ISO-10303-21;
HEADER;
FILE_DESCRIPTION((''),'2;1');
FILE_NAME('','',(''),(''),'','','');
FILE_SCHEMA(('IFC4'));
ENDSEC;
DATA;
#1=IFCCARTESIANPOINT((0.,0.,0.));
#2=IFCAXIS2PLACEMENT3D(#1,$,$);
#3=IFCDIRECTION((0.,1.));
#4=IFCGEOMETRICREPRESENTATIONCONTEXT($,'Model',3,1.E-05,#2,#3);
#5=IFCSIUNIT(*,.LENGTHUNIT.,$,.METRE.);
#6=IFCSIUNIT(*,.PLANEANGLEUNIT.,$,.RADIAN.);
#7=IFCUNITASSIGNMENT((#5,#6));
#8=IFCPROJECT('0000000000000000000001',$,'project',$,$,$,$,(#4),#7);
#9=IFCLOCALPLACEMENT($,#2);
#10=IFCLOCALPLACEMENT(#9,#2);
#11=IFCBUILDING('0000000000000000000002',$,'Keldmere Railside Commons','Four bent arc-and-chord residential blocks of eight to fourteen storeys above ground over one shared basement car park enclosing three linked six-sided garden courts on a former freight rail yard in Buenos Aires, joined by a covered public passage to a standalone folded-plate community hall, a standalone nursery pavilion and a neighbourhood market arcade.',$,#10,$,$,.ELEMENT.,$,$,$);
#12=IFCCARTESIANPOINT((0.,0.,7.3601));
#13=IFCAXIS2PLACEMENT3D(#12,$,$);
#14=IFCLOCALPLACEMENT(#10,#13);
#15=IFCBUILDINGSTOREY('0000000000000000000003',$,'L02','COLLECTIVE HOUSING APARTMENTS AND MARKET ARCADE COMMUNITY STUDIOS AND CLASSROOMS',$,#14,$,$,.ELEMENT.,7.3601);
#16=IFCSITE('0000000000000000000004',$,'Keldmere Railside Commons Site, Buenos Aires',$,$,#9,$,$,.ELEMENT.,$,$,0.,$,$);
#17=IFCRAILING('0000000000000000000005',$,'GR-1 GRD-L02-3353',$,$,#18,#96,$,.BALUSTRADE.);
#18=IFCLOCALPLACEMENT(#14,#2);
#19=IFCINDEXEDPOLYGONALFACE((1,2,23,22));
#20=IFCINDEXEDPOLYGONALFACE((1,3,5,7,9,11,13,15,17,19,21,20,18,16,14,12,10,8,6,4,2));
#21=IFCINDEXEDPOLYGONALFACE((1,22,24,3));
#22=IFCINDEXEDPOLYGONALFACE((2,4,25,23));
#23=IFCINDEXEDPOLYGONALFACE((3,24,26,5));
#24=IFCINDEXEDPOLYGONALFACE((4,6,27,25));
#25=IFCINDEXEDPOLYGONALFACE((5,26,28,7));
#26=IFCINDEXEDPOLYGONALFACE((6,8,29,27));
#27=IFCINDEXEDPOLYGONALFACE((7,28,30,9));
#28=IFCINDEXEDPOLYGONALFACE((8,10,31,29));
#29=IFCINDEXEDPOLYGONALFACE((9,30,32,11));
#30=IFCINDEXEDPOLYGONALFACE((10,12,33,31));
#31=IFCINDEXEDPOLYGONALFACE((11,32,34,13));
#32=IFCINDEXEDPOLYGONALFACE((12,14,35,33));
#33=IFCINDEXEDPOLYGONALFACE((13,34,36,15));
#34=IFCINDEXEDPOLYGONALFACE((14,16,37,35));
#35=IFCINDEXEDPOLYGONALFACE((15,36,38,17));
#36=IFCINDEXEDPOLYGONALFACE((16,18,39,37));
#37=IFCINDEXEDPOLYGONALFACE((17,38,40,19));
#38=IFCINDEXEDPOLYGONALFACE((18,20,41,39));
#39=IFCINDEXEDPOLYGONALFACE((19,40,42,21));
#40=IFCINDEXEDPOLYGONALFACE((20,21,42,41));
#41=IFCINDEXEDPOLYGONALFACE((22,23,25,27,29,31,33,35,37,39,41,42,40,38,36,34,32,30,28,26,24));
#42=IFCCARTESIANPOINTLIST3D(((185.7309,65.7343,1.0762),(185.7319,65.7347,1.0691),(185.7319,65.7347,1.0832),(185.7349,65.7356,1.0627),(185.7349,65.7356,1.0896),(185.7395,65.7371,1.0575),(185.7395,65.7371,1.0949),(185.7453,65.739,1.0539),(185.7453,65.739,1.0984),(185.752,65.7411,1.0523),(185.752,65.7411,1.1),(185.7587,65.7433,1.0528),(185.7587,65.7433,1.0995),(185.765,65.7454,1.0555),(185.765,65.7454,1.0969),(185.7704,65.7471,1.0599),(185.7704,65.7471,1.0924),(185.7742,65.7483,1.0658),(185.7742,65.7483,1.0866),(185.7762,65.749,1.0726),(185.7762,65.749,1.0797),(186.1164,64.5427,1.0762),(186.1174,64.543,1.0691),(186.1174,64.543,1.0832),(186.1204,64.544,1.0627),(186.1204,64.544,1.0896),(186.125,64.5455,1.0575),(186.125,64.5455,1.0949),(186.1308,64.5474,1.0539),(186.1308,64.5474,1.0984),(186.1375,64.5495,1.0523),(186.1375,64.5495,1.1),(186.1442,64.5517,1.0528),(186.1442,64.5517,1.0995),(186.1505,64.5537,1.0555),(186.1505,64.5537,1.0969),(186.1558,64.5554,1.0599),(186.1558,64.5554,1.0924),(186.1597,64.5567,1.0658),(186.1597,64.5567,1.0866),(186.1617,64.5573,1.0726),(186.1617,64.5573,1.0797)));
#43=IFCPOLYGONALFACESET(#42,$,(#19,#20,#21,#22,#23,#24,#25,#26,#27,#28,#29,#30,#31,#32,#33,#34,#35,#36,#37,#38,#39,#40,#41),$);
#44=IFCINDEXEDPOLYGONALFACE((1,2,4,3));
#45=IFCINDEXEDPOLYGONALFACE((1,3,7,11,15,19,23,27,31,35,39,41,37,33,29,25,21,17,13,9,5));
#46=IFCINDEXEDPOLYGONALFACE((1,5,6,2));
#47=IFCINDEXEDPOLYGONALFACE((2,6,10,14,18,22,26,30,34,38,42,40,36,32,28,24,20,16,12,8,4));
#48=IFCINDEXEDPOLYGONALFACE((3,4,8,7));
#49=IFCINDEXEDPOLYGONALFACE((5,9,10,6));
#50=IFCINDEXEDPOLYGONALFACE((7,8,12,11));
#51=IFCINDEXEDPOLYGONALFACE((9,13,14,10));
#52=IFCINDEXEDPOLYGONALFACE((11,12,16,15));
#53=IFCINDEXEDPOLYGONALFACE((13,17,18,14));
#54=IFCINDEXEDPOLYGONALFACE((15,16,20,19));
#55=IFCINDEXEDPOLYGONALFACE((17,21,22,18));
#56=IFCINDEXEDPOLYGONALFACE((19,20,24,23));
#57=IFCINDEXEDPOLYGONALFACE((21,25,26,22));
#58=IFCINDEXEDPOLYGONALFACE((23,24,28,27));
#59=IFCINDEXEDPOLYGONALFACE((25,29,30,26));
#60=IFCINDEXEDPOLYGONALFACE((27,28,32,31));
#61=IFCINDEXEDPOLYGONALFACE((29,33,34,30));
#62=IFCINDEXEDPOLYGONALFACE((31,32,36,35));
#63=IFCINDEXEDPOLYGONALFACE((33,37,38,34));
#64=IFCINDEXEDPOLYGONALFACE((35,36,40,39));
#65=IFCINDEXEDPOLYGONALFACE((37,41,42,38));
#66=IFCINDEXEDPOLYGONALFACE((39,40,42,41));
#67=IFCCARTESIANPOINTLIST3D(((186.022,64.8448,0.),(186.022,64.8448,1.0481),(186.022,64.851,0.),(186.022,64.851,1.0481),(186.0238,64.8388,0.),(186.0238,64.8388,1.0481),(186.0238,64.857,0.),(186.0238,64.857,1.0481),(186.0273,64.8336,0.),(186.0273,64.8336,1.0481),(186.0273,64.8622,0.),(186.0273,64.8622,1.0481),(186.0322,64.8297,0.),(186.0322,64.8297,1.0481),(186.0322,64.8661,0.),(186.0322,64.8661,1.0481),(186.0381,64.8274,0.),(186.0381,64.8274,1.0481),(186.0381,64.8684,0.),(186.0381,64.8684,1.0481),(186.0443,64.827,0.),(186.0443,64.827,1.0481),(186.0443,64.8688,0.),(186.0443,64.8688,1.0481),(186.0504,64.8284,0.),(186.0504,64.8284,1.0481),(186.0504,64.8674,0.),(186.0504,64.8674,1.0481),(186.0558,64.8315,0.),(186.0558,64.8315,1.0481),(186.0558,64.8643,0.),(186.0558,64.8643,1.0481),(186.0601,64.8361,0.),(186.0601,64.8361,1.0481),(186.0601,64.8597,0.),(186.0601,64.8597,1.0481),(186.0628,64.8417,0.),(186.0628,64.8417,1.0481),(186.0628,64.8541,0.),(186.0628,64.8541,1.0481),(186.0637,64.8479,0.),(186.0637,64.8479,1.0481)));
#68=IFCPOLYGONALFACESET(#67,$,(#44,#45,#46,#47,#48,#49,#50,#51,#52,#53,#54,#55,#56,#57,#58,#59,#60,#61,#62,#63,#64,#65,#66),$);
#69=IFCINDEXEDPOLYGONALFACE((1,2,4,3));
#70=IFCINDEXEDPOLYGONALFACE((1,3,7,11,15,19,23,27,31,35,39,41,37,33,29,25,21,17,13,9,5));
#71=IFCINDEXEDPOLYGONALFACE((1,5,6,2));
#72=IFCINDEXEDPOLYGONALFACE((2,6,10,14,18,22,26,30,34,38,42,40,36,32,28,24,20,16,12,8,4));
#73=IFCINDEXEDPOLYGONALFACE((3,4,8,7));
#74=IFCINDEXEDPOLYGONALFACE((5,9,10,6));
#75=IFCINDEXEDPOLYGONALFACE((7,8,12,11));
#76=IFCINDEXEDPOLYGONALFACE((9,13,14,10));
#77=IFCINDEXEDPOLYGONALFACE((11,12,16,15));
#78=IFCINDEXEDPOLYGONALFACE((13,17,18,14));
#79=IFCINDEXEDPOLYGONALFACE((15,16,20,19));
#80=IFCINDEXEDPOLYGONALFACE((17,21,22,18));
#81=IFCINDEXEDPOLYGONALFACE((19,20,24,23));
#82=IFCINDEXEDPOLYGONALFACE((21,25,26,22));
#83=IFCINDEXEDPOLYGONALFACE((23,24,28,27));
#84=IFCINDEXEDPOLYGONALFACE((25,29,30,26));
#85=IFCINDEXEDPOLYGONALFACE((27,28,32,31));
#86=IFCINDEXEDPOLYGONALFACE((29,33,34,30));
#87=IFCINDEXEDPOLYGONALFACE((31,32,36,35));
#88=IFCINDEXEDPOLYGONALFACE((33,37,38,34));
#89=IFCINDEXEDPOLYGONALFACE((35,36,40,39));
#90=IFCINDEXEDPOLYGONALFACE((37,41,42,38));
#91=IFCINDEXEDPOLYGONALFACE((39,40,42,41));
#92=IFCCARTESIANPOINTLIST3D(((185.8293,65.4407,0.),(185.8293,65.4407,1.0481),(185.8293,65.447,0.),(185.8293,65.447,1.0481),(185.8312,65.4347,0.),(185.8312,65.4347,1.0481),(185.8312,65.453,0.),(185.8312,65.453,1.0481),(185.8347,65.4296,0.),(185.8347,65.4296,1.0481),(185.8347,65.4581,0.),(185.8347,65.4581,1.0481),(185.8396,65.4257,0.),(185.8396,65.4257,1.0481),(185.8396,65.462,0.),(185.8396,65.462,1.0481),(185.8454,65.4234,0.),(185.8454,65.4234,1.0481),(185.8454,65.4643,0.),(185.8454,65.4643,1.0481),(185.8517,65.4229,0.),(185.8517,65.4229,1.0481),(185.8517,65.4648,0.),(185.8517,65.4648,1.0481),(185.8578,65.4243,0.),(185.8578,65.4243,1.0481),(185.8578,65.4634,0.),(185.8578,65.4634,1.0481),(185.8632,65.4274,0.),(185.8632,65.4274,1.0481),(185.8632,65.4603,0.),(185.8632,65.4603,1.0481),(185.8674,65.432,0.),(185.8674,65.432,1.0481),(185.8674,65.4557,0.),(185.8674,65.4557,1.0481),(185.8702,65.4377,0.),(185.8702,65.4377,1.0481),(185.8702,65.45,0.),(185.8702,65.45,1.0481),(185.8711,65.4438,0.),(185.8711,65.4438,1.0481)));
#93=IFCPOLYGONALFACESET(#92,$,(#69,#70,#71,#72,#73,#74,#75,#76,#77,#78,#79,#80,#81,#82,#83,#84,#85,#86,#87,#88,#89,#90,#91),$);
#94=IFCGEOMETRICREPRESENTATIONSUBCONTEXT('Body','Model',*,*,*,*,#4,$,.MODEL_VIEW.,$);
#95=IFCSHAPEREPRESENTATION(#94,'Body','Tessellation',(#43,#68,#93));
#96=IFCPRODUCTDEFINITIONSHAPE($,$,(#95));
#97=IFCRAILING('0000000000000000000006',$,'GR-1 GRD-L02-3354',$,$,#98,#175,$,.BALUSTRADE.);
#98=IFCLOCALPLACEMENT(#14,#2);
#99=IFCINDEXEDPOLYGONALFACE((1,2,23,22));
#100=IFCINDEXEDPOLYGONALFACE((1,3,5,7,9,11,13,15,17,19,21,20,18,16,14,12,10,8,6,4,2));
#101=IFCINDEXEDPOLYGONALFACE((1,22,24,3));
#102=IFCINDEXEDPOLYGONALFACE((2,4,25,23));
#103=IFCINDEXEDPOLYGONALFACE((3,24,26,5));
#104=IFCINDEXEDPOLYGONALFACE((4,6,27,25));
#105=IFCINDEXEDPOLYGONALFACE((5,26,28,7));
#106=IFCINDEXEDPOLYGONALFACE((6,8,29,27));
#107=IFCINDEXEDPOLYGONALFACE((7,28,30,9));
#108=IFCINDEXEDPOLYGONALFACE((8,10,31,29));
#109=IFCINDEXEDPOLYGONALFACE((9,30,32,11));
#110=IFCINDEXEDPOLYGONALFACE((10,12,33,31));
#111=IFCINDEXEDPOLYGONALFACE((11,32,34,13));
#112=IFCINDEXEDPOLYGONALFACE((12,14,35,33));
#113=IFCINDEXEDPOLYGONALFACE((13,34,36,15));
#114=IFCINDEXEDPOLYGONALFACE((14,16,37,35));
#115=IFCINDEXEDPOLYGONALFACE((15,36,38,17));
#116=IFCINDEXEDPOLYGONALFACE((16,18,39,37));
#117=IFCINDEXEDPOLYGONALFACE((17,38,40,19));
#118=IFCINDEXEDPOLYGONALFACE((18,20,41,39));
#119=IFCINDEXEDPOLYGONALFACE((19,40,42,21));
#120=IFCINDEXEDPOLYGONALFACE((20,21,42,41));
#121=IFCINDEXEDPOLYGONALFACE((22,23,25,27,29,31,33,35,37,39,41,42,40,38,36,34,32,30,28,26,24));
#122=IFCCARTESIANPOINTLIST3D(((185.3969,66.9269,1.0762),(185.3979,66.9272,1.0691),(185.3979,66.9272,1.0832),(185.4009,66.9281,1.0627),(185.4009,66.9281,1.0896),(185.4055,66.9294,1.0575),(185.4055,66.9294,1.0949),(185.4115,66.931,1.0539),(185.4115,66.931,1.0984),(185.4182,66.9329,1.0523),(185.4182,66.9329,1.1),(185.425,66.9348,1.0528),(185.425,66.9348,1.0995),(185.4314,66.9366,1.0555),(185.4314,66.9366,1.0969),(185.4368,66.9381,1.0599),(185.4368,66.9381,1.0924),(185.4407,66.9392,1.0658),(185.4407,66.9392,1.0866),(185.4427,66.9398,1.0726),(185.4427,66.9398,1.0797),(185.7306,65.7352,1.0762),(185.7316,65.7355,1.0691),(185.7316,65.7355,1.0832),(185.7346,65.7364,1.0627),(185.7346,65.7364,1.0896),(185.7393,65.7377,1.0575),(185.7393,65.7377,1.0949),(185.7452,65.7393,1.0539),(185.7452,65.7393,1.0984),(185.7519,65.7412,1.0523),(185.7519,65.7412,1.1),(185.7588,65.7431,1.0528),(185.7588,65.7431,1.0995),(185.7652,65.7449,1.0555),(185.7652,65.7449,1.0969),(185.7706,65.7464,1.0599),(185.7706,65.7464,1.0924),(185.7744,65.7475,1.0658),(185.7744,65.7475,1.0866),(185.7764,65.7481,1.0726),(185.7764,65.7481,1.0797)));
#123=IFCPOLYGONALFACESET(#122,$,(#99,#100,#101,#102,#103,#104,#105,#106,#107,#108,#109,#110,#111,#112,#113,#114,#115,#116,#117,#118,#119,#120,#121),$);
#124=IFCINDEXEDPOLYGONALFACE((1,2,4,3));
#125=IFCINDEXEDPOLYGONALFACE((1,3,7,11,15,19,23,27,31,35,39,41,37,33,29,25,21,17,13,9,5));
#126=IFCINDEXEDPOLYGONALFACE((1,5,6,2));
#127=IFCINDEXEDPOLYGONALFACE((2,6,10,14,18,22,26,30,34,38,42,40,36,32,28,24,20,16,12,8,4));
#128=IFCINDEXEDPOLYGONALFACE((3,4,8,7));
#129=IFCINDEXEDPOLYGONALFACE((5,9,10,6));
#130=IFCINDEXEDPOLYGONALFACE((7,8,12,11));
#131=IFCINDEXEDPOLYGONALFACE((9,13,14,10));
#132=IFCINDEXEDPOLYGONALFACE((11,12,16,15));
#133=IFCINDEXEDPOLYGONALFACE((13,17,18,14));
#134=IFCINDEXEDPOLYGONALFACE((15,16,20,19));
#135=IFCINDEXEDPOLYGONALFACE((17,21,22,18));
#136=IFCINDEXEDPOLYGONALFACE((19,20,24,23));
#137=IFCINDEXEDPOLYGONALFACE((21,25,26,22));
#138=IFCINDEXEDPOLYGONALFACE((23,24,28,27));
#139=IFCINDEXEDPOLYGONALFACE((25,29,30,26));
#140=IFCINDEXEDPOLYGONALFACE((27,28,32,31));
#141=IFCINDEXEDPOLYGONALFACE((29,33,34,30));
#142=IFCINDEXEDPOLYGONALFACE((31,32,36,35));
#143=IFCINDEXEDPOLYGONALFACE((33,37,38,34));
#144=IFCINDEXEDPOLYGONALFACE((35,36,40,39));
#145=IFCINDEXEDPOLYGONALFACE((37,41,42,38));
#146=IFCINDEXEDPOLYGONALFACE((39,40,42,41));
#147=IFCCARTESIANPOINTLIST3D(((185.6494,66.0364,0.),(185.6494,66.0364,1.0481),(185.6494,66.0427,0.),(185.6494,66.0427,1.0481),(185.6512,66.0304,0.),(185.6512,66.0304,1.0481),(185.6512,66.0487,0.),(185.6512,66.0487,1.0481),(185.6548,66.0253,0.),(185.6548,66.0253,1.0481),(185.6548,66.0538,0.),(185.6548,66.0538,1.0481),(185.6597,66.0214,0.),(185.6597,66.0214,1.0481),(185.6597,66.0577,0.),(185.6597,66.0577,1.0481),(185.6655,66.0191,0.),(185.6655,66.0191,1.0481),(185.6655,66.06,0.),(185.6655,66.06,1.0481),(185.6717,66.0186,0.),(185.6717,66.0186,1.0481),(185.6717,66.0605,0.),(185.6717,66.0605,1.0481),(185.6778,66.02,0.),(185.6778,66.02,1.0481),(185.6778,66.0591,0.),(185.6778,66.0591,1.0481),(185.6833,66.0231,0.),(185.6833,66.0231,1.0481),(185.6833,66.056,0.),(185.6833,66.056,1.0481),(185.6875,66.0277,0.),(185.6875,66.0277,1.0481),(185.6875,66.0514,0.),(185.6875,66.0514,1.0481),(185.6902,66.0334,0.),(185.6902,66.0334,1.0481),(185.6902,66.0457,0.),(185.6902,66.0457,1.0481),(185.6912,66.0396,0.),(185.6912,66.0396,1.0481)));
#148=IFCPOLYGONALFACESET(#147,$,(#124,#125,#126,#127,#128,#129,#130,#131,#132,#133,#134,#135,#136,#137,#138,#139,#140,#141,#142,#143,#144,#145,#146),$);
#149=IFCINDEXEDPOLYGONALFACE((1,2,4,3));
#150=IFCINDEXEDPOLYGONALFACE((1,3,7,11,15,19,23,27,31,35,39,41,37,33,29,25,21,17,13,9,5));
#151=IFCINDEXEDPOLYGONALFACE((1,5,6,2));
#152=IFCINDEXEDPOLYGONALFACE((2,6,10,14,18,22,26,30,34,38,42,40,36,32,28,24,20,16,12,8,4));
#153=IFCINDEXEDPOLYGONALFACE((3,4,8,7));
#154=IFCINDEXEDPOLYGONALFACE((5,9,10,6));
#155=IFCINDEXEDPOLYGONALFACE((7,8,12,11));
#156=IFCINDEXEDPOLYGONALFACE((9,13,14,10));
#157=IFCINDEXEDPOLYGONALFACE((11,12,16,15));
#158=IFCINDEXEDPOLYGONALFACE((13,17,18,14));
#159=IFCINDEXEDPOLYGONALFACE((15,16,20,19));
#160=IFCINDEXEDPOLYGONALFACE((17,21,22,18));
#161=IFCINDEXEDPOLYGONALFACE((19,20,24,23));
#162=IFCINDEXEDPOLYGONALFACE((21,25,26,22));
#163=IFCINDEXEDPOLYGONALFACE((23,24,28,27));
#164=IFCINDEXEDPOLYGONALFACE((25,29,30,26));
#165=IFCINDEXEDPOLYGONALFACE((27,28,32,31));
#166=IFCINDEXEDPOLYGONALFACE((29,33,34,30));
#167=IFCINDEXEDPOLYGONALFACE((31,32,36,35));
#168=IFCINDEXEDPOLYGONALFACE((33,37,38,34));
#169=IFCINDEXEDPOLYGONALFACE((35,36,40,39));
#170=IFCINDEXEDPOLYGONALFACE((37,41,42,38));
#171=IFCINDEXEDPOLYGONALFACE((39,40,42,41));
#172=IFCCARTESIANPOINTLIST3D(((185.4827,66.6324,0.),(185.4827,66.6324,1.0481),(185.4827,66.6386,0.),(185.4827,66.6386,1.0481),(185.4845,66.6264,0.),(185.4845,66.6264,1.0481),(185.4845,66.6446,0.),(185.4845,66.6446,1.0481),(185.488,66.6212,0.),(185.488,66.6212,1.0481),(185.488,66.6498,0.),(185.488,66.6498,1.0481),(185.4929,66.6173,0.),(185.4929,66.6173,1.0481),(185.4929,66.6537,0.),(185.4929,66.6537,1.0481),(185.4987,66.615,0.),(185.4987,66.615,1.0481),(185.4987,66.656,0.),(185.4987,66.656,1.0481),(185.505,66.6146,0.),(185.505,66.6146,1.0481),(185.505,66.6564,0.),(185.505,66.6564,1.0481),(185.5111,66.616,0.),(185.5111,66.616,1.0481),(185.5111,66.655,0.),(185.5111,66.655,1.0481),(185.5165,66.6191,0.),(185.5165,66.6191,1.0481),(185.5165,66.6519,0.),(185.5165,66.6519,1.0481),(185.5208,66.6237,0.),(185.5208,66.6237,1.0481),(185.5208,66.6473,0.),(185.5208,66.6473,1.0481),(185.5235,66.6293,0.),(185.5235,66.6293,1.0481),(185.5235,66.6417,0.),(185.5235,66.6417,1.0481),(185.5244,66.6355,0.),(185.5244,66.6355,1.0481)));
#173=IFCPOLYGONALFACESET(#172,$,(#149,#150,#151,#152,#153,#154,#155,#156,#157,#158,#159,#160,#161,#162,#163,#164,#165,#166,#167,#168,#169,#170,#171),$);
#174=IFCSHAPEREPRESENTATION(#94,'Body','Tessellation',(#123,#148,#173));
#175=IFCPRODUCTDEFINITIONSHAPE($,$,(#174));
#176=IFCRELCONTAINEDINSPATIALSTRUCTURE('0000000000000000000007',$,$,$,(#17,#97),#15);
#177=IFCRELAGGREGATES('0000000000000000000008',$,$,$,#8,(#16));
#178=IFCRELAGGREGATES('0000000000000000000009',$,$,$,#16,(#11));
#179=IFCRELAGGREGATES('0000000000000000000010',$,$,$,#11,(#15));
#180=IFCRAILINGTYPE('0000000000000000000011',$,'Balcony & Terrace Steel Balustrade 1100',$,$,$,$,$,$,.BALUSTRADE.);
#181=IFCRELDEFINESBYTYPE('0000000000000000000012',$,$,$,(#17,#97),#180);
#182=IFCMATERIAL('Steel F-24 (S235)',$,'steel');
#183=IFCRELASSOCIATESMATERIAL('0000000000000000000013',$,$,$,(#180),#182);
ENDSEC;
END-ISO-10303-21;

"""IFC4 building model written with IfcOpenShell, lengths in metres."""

from ifc_helpers import new_model, si_unit, direction, frame, origin, origin_2d, place, context, subcontext, project, spatial, circle, extrude, material, type_object, element, save


model = new_model("IFC4")

# Units and contexts
model_context = context("Model", 3, precision=1e-05, world=origin(), true_north=direction((0.0, 1.0)))
body_context = subcontext(model_context, "Body", "Model", "MODEL_VIEW")
ifc_project = project(units=[si_unit("LENGTHUNIT", "METRE"), si_unit("PLANEANGLEUNIT", "RADIAN")], contexts=[model_context])

# Site, building, storey
site_placement = place(None, origin())
site = spatial("IfcSite", under=ifc_project, at=site_placement, Name="Keldmere Railside Commons Site, Buenos Aires", CompositionType="ELEMENT", RefElevation=0.0)
building_placement = place(site_placement, origin())
building = spatial("IfcBuilding", under=site, at=building_placement, Name="Keldmere Railside Commons", Description="Four bent arc-and-chord residential blocks of eight to fourteen storeys above ground over one shared basement car park enclosing three linked six-sided garden courts on a former freight rail yard in Buenos Aires, joined by a covered public passage to a standalone folded-plate community hall, a standalone nursery pavilion and a neighbourhood market arcade.", CompositionType="ELEMENT")
storey_placement = place(building_placement, frame((0.0, 0.0, 7.3601)))
storey = spatial("IfcBuildingStorey", under=building, at=storey_placement, Name="L02", Description="COLLECTIVE HOUSING APARTMENTS AND MARKET ARCADE COMMUNITY STUDIOS AND CLASSROOMS", CompositionType="ELEMENT", Elevation=7.3601)

# Shared definitions
ifc_material_1 = material(Name="Steel F-24 (S235)", Category="steel")

# Railings
railing_type_1 = type_object("IfcRailingType", Name="Balcony & Terrace Steel Balustrade 1100", PredefinedType="BALUSTRADE", material=ifc_material_1)
railing_1_placement = place(storey_placement, frame((186.1392, 64.55, 0.0)))
element("IfcRailing", 1, at=railing_1_placement, inside=storey, type_object=railing_type_1, Name="GR-1 GRD-L02-3353", PredefinedType="BALUSTRADE", context=body_context, shape_type="SweptSolid", body=[
    extrude(circle(Radius=0.0239, at=origin_2d()), frame((0.0, 0.0, 1.0762), z_axis=(-0.307794, 0.951453, 0.0), x_axis=(-0.951453, -0.307794, 0.0)), (0.0, 0.0, 1.0), 1.2524),
    extrude(circle(Radius=0.021, at=origin_2d()), frame((-0.0964, 0.2979, 0.0)), (0.0, 0.0, 1.0), 1.0481),
    extrude(circle(Radius=0.021, at=origin_2d()), frame((-0.2891, 0.8938, 0.0)), (0.0, 0.0, 1.0), 1.0481),
])
railing_2_placement = place(storey_placement, frame((185.7537, 65.7417, 0.0)))
element("IfcRailing", 2, at=railing_2_placement, inside=storey, type_object=railing_type_1, Name="GR-1 GRD-L02-3354", PredefinedType="BALUSTRADE", context=body_context, shape_type="SweptSolid", body=[
    extrude(circle(Radius=0.0239, at=origin_2d()), frame((0.0, 0.0, 1.0762), z_axis=(-0.269688, 0.962948, 0.0), x_axis=(-0.962948, -0.269688, 0.0)), (0.0, 0.0, 1.0), 1.2375),
    extrude(circle(Radius=0.021, at=origin_2d()), frame((-0.0835, 0.2979, 0.0)), (0.0, 0.0, 1.0), 1.0481),
    extrude(circle(Radius=0.021, at=origin_2d()), frame((-0.2502, 0.8938, 0.0)), (0.0, 0.0, 1.0), 1.0481),
])

save(model, "model.ifc")
